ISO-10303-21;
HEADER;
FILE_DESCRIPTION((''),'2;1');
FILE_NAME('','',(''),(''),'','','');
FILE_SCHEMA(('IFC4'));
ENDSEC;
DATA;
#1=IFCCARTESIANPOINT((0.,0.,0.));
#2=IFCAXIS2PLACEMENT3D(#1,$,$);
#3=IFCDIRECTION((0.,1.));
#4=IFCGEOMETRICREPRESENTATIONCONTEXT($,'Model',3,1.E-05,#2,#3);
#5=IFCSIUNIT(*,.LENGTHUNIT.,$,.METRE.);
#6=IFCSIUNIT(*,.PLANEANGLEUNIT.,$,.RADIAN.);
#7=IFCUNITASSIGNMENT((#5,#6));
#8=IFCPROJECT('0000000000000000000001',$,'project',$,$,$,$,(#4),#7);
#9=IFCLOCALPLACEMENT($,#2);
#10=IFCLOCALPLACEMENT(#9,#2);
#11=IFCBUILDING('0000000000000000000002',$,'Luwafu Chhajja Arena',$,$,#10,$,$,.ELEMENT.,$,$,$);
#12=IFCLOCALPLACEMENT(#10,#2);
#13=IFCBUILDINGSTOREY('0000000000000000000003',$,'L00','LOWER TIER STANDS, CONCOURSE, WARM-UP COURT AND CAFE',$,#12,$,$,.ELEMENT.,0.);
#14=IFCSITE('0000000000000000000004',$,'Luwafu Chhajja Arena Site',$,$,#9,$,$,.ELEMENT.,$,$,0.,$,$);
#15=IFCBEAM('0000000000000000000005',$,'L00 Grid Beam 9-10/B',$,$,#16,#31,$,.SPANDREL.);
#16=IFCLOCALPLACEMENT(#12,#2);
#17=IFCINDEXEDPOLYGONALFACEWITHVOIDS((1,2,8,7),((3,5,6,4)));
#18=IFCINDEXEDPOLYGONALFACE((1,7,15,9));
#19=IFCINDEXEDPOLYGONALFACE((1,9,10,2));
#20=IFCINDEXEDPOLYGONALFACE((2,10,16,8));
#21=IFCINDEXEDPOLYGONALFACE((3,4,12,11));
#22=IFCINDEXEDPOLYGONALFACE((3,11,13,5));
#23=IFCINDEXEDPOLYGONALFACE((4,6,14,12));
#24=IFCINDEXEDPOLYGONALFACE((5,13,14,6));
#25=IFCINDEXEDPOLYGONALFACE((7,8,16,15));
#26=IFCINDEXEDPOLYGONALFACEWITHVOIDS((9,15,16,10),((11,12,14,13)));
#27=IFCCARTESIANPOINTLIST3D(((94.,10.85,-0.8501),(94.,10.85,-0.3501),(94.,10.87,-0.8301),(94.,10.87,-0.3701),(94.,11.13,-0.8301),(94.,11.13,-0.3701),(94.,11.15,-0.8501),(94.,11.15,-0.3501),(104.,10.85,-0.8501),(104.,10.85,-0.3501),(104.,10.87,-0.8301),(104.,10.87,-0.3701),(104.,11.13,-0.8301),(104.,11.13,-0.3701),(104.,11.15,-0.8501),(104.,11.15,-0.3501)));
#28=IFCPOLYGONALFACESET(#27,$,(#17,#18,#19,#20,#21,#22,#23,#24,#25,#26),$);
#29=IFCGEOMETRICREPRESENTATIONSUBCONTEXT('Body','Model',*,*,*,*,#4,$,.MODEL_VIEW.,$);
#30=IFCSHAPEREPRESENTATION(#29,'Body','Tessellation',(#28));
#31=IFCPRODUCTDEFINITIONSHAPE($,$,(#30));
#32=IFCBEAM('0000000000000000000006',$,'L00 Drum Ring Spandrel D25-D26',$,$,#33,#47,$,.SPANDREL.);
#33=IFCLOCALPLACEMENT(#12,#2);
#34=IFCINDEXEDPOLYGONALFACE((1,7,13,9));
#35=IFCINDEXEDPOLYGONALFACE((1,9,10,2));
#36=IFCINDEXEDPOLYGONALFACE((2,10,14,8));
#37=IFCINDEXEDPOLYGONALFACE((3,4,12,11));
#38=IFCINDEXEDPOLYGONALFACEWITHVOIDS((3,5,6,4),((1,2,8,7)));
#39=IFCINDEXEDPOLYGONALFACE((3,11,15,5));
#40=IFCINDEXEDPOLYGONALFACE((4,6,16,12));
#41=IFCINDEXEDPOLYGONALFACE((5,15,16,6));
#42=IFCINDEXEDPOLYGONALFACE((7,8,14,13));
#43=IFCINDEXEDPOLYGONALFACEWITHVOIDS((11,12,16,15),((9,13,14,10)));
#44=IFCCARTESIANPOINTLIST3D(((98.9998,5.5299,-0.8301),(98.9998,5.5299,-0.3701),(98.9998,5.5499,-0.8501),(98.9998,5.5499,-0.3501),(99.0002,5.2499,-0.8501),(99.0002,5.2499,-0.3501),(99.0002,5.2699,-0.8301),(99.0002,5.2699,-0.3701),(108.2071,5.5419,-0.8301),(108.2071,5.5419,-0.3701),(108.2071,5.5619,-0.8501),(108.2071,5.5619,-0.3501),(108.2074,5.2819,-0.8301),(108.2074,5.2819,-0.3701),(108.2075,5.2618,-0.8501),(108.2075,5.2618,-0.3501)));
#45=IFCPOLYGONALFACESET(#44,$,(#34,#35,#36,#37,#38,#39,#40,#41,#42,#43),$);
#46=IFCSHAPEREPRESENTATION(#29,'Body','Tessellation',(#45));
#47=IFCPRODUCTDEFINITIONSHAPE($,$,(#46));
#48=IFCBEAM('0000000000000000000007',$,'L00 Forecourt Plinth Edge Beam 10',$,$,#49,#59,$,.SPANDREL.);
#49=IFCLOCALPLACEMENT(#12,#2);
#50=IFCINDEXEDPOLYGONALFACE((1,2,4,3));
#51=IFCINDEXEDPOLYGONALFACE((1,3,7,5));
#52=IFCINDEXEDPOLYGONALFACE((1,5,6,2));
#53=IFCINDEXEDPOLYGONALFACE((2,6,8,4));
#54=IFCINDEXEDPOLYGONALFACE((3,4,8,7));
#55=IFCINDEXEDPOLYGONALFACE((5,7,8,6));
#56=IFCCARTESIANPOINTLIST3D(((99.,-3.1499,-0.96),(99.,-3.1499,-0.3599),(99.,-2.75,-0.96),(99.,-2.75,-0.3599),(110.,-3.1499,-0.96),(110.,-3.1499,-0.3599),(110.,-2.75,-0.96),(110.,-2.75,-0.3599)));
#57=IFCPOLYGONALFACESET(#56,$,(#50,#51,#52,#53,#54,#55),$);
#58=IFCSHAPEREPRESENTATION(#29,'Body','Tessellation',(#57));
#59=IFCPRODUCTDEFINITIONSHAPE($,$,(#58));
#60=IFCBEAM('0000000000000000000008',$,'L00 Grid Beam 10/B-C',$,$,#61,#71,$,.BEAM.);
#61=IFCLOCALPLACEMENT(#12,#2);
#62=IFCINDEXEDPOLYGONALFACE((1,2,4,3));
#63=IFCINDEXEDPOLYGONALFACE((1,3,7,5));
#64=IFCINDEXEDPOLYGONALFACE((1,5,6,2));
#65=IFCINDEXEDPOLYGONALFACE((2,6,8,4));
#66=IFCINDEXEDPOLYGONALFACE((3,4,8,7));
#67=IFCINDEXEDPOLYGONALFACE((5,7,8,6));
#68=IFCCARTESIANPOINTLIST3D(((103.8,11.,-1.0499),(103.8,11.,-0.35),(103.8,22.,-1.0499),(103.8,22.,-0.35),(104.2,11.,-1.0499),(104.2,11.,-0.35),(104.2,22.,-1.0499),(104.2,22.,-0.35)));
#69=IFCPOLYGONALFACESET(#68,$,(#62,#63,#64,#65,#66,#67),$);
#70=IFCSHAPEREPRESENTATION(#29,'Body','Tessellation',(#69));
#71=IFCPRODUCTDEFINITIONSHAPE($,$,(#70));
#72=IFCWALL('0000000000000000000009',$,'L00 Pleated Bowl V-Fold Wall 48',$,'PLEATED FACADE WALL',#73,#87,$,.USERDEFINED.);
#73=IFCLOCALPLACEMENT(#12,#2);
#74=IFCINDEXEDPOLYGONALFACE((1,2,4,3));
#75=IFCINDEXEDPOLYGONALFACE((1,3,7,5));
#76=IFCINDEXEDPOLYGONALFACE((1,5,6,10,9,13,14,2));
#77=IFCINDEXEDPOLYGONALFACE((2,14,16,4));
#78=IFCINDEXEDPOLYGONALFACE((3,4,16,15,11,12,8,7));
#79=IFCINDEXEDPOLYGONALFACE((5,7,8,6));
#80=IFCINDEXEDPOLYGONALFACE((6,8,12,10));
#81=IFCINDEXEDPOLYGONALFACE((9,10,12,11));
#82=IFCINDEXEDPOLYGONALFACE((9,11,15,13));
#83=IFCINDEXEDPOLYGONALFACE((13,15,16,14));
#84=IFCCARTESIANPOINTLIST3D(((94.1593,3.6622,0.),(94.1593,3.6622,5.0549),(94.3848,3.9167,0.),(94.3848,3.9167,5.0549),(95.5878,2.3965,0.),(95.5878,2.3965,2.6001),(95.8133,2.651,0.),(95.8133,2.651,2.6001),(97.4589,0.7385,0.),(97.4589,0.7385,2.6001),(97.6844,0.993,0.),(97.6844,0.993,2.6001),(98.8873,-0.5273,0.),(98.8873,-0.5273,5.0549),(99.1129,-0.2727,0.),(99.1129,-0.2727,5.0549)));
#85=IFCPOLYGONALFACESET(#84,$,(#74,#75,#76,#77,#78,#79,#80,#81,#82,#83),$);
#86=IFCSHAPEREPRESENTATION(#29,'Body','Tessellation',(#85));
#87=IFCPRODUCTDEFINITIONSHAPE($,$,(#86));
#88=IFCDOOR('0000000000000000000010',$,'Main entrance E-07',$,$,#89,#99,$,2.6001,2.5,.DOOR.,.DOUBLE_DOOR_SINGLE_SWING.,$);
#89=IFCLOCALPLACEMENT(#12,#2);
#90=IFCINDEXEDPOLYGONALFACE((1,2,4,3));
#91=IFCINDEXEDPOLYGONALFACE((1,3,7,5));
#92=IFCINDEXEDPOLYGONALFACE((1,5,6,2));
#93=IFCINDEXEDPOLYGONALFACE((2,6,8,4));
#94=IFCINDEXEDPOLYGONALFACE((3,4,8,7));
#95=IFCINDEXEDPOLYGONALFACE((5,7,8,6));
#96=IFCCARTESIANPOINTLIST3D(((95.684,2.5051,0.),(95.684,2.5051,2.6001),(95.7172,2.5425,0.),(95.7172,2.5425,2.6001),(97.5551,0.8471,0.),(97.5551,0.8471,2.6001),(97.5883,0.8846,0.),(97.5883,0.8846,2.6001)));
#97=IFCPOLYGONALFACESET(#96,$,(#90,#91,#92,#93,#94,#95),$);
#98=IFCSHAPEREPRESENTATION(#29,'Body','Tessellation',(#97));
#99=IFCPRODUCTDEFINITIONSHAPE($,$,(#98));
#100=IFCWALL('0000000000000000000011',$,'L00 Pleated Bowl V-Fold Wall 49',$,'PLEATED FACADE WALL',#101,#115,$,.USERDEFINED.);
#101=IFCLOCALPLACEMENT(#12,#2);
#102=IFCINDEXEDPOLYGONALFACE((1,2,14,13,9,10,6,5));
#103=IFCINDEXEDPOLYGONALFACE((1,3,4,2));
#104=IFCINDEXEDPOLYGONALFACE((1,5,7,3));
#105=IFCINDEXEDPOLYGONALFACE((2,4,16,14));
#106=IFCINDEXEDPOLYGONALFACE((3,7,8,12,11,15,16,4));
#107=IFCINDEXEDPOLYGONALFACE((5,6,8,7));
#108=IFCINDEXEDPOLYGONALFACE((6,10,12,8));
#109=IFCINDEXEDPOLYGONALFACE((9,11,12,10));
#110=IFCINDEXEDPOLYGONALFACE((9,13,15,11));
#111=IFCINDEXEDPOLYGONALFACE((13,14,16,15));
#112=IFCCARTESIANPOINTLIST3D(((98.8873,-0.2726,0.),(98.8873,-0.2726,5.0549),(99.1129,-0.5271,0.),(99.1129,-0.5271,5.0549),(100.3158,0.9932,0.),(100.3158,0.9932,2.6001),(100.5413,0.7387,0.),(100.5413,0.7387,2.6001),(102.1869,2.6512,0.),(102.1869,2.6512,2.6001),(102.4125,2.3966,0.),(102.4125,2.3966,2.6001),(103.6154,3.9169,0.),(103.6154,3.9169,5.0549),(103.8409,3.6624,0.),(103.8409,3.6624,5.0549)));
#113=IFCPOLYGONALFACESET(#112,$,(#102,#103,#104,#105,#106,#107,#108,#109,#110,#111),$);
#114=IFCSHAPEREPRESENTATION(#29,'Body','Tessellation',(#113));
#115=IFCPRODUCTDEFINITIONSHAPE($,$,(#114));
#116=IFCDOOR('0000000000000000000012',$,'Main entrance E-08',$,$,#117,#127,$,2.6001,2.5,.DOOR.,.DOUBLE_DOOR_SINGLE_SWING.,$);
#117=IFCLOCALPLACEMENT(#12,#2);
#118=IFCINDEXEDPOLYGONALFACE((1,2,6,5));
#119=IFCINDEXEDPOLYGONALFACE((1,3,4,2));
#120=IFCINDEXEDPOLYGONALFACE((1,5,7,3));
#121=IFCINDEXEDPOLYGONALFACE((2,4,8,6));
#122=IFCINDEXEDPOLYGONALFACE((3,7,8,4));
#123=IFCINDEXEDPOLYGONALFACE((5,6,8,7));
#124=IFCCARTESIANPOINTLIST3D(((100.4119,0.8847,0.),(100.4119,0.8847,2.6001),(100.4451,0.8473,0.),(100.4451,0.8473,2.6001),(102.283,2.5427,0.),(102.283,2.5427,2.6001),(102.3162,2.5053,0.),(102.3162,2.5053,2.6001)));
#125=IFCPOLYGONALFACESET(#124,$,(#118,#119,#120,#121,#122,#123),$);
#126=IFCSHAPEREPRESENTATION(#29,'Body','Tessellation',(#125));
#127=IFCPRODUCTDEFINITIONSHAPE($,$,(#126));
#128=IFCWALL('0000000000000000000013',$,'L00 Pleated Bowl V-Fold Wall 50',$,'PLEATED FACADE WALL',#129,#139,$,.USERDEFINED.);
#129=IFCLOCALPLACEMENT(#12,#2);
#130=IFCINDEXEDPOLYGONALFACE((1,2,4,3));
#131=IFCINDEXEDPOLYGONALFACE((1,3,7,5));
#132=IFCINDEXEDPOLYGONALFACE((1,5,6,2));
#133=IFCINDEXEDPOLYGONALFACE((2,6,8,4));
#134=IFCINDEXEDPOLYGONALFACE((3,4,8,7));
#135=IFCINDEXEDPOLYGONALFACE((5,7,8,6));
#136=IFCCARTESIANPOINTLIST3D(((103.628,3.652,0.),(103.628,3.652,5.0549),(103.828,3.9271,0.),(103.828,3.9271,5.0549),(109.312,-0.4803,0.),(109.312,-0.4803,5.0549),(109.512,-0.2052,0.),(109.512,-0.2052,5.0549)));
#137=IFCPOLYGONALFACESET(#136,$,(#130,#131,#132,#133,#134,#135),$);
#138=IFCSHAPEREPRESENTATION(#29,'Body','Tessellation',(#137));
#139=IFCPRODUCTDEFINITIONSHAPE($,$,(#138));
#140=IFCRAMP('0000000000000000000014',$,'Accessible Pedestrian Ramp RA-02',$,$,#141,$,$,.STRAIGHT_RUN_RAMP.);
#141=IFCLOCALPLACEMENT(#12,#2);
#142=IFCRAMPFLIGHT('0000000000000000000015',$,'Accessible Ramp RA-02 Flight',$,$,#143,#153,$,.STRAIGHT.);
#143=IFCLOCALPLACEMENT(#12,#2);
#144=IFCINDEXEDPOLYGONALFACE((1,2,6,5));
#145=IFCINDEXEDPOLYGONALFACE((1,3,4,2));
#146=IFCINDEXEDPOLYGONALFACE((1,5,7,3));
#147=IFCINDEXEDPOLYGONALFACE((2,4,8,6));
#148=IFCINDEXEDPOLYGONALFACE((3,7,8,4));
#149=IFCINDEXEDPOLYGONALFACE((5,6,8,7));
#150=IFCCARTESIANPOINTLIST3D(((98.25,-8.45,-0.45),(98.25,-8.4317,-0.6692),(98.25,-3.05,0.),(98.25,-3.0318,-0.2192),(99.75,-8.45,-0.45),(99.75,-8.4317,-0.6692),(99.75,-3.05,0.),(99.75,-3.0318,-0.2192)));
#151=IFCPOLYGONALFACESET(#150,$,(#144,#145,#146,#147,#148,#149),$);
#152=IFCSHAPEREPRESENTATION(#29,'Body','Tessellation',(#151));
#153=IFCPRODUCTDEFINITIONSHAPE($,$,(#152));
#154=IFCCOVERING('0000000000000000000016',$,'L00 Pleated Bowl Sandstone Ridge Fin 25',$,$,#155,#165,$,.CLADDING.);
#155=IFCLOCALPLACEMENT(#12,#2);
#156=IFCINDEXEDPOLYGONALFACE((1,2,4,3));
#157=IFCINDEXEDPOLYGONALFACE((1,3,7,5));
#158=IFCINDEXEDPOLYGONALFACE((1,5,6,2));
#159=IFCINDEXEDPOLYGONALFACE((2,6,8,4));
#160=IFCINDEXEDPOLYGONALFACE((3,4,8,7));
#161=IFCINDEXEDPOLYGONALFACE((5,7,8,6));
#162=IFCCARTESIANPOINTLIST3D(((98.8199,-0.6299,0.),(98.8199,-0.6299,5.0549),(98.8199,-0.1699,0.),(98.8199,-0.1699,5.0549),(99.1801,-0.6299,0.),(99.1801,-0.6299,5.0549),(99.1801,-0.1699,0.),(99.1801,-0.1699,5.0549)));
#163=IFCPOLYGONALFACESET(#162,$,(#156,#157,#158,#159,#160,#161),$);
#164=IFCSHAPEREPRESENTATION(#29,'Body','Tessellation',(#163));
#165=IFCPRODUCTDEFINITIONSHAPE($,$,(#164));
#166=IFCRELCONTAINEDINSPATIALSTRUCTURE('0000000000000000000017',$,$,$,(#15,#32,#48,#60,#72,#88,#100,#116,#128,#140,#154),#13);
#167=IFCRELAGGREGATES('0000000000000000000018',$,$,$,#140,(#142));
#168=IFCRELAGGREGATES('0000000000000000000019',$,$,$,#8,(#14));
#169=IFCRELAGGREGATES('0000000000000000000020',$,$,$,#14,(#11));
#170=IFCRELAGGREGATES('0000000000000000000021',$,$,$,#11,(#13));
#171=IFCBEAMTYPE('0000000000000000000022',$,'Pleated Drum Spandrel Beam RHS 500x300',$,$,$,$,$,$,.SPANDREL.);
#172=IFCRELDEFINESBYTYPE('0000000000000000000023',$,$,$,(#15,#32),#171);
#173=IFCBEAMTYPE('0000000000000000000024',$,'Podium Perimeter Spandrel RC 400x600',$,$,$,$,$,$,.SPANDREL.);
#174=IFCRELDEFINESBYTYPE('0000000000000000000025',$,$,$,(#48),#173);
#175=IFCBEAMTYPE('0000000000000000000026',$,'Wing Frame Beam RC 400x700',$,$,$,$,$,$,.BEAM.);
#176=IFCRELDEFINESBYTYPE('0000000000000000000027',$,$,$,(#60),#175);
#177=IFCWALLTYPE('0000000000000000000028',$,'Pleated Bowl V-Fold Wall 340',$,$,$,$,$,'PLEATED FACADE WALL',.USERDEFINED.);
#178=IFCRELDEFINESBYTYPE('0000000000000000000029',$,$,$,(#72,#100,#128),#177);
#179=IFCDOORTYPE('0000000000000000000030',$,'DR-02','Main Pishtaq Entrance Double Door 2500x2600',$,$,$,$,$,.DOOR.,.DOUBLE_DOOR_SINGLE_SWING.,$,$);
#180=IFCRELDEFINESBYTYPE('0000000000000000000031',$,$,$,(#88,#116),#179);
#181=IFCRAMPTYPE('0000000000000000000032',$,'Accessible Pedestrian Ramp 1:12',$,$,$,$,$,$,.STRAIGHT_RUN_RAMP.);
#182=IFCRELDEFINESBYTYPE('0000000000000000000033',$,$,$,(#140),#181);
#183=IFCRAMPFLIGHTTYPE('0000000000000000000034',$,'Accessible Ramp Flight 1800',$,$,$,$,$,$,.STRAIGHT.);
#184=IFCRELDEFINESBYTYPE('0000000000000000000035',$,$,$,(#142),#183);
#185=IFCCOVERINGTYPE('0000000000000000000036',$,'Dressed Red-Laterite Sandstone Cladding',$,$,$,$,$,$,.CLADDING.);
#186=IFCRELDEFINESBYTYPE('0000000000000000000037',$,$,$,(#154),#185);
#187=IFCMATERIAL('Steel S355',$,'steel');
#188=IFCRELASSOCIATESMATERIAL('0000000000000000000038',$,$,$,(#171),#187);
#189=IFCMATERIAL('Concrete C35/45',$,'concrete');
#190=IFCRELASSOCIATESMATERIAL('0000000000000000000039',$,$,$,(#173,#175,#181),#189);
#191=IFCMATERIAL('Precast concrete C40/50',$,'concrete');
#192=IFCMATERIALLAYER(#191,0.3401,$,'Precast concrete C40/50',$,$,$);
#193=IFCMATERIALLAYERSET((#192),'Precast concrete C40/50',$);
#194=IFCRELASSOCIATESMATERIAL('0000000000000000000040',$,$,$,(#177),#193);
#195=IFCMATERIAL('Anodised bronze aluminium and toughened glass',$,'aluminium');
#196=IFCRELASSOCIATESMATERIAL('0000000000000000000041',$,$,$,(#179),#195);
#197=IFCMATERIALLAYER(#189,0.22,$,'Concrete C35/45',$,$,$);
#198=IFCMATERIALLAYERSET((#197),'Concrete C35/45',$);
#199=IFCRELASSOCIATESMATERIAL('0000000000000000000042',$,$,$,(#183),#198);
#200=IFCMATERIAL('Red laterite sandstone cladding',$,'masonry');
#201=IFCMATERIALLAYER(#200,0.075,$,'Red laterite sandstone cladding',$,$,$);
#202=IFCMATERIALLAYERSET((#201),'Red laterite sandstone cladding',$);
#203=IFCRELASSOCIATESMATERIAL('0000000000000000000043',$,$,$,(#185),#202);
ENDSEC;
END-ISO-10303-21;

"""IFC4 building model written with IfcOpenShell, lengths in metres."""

from ifc_helpers import new_model, si_unit, direction, frame, frame_2d, origin, origin_2d, place, context, subcontext, project, spatial, polyline, rectangle, hollow_rectangle, outline, extrude, material, layer, layer_set, material_profile, profile_set, type_object, element, fill, aggregate, save


model = new_model("IFC4")

# Units and contexts
model_context = context("Model", 3, precision=1e-05, world=origin(), true_north=direction((0.0, 1.0)))
body_context = subcontext(model_context, "Body", "Model", "MODEL_VIEW")
ifc_project = project(units=[si_unit("LENGTHUNIT", "METRE"), si_unit("PLANEANGLEUNIT", "RADIAN")], contexts=[model_context])

# Site, building, storey
site_placement = place(None, origin())
site = spatial("IfcSite", under=ifc_project, at=site_placement, Name="Luwafu Chhajja Arena Site", CompositionType="ELEMENT", RefElevation=0.0)
building_placement = place(site_placement, origin())
building = spatial("IfcBuilding", under=site, at=building_placement, Name="Luwafu Chhajja Arena", CompositionType="ELEMENT")
storey_placement = place(building_placement, origin())
storey = spatial("IfcBuildingStorey", under=building, at=storey_placement, Name="L00", Description="LOWER TIER STANDS, CONCOURSE, WARM-UP COURT AND CAFE", CompositionType="ELEMENT", Elevation=0.0)

# Shared definitions
ifc_material_1 = material(Name="Steel S355", Category="steel")

# Beams
ifc_material_2 = material(Name="Concrete C35/45", Category="concrete")
ifc_material_profile_1 = material_profile(ifc_material_1, hollow_rectangle(XDim=0.3, YDim=0.5, WallThickness=0.02, at=origin_2d()), Name="RHS 500x300x20")
ifc_profile_set_1 = profile_set([ifc_material_profile_1], Name="Steel S355")
beam_type_1 = type_object("IfcBeamType", Name="Pleated Drum Spandrel Beam RHS 500x300", PredefinedType="SPANDREL", material=ifc_profile_set_1)
beam_1_placement = place(storey_placement, frame((94.0, 11.0, -0.6001), z_axis=(1.0, 0.0, 0.0), x_axis=(0.0, 1.0, 0.0)))
element("IfcBeam", 1, at=beam_1_placement, inside=storey, type_object=beam_type_1, Name="L00 Grid Beam 9-10/B", PredefinedType="SPANDREL", context=body_context, shape_type="SweptSolid", body=[
    extrude(hollow_rectangle(XDim=0.3, YDim=0.5, WallThickness=0.02, at=origin_2d()), origin(), (0.0, 0.0, 1.0), 10.0),
])
beam_2_placement = place(storey_placement, frame((99.0, 5.3999, -0.6001), z_axis=(0.999999, 0.001299, 0.0), x_axis=(-0.001299, 0.999999, 0.0)))
element("IfcBeam", 2, at=beam_2_placement, inside=storey, type_object=beam_type_1, Name="L00 Drum Ring Spandrel D25-D26", PredefinedType="SPANDREL", context=body_context, shape_type="SweptSolid", body=[
    extrude(hollow_rectangle(XDim=0.3, YDim=0.5, WallThickness=0.02, at=origin_2d()), origin(), (0.0, 0.0, 1.0), 9.2073),
])
ifc_material_profile_2 = material_profile(ifc_material_2, rectangle(XDim=0.3999, YDim=0.6001, at=origin_2d()), Name="RC 400x600")
ifc_profile_set_2 = profile_set([ifc_material_profile_2], Name="Concrete C35/45")
beam_type_2 = type_object("IfcBeamType", Name="Podium Perimeter Spandrel RC 400x600", PredefinedType="SPANDREL", material=ifc_profile_set_2)
beam_3_placement = place(storey_placement, frame((99.0, -2.95, -0.6599), z_axis=(1.0, 0.0, 0.0), x_axis=(0.0, 1.0, 0.0)))
element("IfcBeam", 3, at=beam_3_placement, inside=storey, type_object=beam_type_2, Name="L00 Forecourt Plinth Edge Beam 10", PredefinedType="SPANDREL", context=body_context, shape_type="SweptSolid", body=[
    extrude(rectangle(XDim=0.3999, YDim=0.6001, at=origin_2d()), origin(), (0.0, 0.0, 1.0), 11.0),
])
ifc_material_profile_3 = material_profile(ifc_material_2, rectangle(XDim=0.3999, YDim=0.7, at=origin_2d()), Name="RC 400x700")
ifc_profile_set_3 = profile_set([ifc_material_profile_3], Name="Concrete C35/45")
beam_type_3 = type_object("IfcBeamType", Name="Wing Frame Beam RC 400x700", PredefinedType="BEAM", material=ifc_profile_set_3)
beam_4_placement = place(storey_placement, frame((104.0, 11.0, -0.7), z_axis=(0.0, 1.0, 0.0), x_axis=(-1.0, 0.0, 0.0)))
element("IfcBeam", 4, at=beam_4_placement, inside=storey, type_object=beam_type_3, Name="L00 Grid Beam 10/B-C", PredefinedType="BEAM", context=body_context, shape_type="SweptSolid", body=[
    extrude(rectangle(XDim=0.3999, YDim=0.7, at=origin_2d()), origin(), (0.0, 0.0, 1.0), 11.0),
])

# Walls, openings, doors
ifc_material_3 = material(Name="Precast concrete C40/50", Category="concrete")
ifc_layer_1 = layer(ifc_material_3, 0.3401, Name="Precast concrete C40/50")
ifc_layer_set_1 = layer_set([ifc_layer_1], Name="Precast concrete C40/50")
wall_type = type_object("IfcWallType", Name="Pleated Bowl V-Fold Wall 340", ElementType="PLEATED FACADE WALL", PredefinedType="USERDEFINED", material=ifc_layer_set_1)
wall_1_placement = place(storey_placement, frame((94.272, 3.7896, 0.0), z_axis=(0.0, 0.0, 1.0), x_axis=(0.748449, -0.663192, 0.0)))
wall_1 = element("IfcWall", 5, at=wall_1_placement, inside=storey, type_object=wall_type, Name="L00 Pleated Bowl V-Fold Wall 48", ObjectType="PLEATED FACADE WALL", PredefinedType="USERDEFINED", context=body_context, shape_type="SweptSolid", body=[
    extrude(rectangle(XDim=6.3171, YDim=0.3401, at=frame_2d((3.1587, 0.0))), origin(), (0.0, 0.0, 1.0), 5.0549),
])
opening_1_placement = place(wall_1_placement, frame((1.9087, 0.0, 0.0)))
opening_1 = element("IfcOpeningElement", 6, at=opening_1_placement, cuts=wall_1, PredefinedType="OPENING", context=body_context, shape_type="SweptSolid", body=[
    extrude(rectangle(XDim=2.5, YDim=2.6001, at=frame_2d((1.25, 1.3))), frame((0.0, 0.1799, 0.0), z_axis=(0.0, -1.0, 0.0), x_axis=(1.0, 0.0, 0.0)), (0.0, 0.0, 1.0), 0.3601),
])
ifc_material_4 = material(Name="Anodised bronze aluminium and toughened glass", Category="aluminium")
door_type = type_object("IfcDoorType", Name="DR-02", Description="Main Pishtaq Entrance Double Door 2500x2600", OperationType="DOUBLE_DOOR_SINGLE_SWING", PredefinedType="DOOR", material=ifc_material_4)
door_1_placement = place(opening_1_placement, frame((2.5, 0.0, 0.0), z_axis=(0.0, 0.0, 1.0), x_axis=(-1.0, 0.0, 0.0)))
door_1 = element("IfcDoor", 7, at=door_1_placement, inside=storey, type_object=door_type, Name="Main entrance E-07", OperationType="DOUBLE_DOOR_SINGLE_SWING", OverallHeight=2.6001, OverallWidth=2.5, PredefinedType="DOOR", context=body_context, shape_type="SweptSolid", body=[
    extrude(rectangle(XDim=2.5, YDim=2.6001, at=frame_2d((1.25, 1.3))), frame((0.0, 0.0249, 0.0), z_axis=(0.0, -1.0, 0.0), x_axis=(1.0, 0.0, 0.0)), (0.0, 0.0, 1.0), 0.05),
])
fill(opening_1, door_1)
wall_2_placement = place(storey_placement, frame((99.0, -0.3999, 0.0), z_axis=(0.0, 0.0, 1.0), x_axis=(0.748449, 0.663192, 0.0)))
wall_2 = element("IfcWall", 8, at=wall_2_placement, inside=storey, type_object=wall_type, Name="L00 Pleated Bowl V-Fold Wall 49", ObjectType="PLEATED FACADE WALL", PredefinedType="USERDEFINED", context=body_context, shape_type="SweptSolid", body=[
    extrude(rectangle(XDim=6.3171, YDim=0.3401, at=frame_2d((3.1587, 0.0))), origin(), (0.0, 0.0, 1.0), 5.0549),
])
opening_2_placement = place(wall_2_placement, frame((1.9087, 0.0, 0.0)))
opening_2 = element("IfcOpeningElement", 9, at=opening_2_placement, cuts=wall_2, PredefinedType="OPENING", context=body_context, shape_type="SweptSolid", body=[
    extrude(rectangle(XDim=2.5, YDim=2.6001, at=frame_2d((1.25, 1.3))), frame((0.0, 0.1799, 0.0), z_axis=(0.0, -1.0, 0.0), x_axis=(1.0, 0.0, 0.0)), (0.0, 0.0, 1.0), 0.3601),
])
door_2_placement = place(opening_2_placement, frame((2.5, 0.0, 0.0), z_axis=(0.0, 0.0, 1.0), x_axis=(-1.0, 0.0, 0.0)))
door_2 = element("IfcDoor", 10, at=door_2_placement, inside=storey, type_object=door_type, Name="Main entrance E-08", OperationType="DOUBLE_DOOR_SINGLE_SWING", OverallHeight=2.6001, OverallWidth=2.5, PredefinedType="DOOR", context=body_context, shape_type="SweptSolid", body=[
    extrude(rectangle(XDim=2.5, YDim=2.6001, at=frame_2d((1.25, 1.3))), frame((0.0, 0.0249, 0.0), z_axis=(0.0, -1.0, 0.0), x_axis=(1.0, 0.0, 0.0)), (0.0, 0.0, 1.0), 0.05),
])
fill(opening_2, door_2)

# Wall
wall_3_placement = place(storey_placement, frame((103.728, 3.7896, 0.0), z_axis=(0.0, 0.0, 1.0), x_axis=(0.808841, -0.588027, 0.0)))
element("IfcWall", 11, at=wall_3_placement, inside=storey, type_object=wall_type, Name="L00 Pleated Bowl V-Fold Wall 50", ObjectType="PLEATED FACADE WALL", PredefinedType="USERDEFINED", context=body_context, shape_type="SweptSolid", body=[
    extrude(rectangle(XDim=7.0273, YDim=0.3401, at=frame_2d((3.5137, 0.0))), origin(), (0.0, 0.0, 1.0), 5.0549),
])

# Ramp, ramp flight
ramp_type = type_object("IfcRampType", Name="Accessible Pedestrian Ramp 1:12", PredefinedType="STRAIGHT_RUN_RAMP", material=ifc_material_2)
ramp_placement = place(storey_placement, origin())
ramp = element("IfcRamp", 12, at=ramp_placement, inside=storey, type_object=ramp_type, Name="Accessible Pedestrian Ramp RA-02", PredefinedType="STRAIGHT_RUN_RAMP")
ifc_layer_2 = layer(ifc_material_2, 0.22, Name="Concrete C35/45")
ifc_layer_set_2 = layer_set([ifc_layer_2], Name="Concrete C35/45")
ramp_flight_type = type_object("IfcRampFlightType", Name="Accessible Ramp Flight 1800", PredefinedType="STRAIGHT", material=ifc_layer_set_2)
ramp_flight_placement = place(storey_placement, frame((98.25, -8.45, -0.45), z_axis=(0.0, -0.083038, 0.996546), x_axis=(1.0, 0.0, 0.0)))
ramp_flight = element("IfcRampFlight", 13, at=ramp_flight_placement, type_object=ramp_flight_type, Name="Accessible Ramp RA-02 Flight", PredefinedType="STRAIGHT", context=body_context, shape_type="SweptSolid", body=[
    extrude(outline(polyline([(0.0, 0.0), (1.5, 0.0), (1.5, 5.4186), (0.0, 5.4186), (0.0, 0.0)])), origin(), (0.0, 0.0, -1.0), 0.22),
])
aggregate(ramp, [ramp_flight])

# Covering
ifc_material_5 = material(Name="Red laterite sandstone cladding", Category="masonry")
ifc_layer_3 = layer(ifc_material_5, 0.075, Name="Red laterite sandstone cladding")
ifc_layer_set_3 = layer_set([ifc_layer_3], Name="Red laterite sandstone cladding")
covering_type = type_object("IfcCoveringType", Name="Dressed Red-Laterite Sandstone Cladding", PredefinedType="CLADDING", material=ifc_layer_set_3)
covering_placement = place(storey_placement, frame((99.0, -0.3999, 0.0), z_axis=(0.0, 0.0, 1.0), x_axis=(0.0, -1.0, 0.0)))
element("IfcCovering", 14, at=covering_placement, inside=storey, type_object=covering_type, Name="L00 Pleated Bowl Sandstone Ridge Fin 25", PredefinedType="CLADDING", context=body_context, shape_type="SweptSolid", body=[
    extrude(rectangle(XDim=0.46, YDim=0.3601, at=origin_2d()), origin(), (0.0, 0.0, 1.0), 5.0549),
])

save(model, "model.ifc")
